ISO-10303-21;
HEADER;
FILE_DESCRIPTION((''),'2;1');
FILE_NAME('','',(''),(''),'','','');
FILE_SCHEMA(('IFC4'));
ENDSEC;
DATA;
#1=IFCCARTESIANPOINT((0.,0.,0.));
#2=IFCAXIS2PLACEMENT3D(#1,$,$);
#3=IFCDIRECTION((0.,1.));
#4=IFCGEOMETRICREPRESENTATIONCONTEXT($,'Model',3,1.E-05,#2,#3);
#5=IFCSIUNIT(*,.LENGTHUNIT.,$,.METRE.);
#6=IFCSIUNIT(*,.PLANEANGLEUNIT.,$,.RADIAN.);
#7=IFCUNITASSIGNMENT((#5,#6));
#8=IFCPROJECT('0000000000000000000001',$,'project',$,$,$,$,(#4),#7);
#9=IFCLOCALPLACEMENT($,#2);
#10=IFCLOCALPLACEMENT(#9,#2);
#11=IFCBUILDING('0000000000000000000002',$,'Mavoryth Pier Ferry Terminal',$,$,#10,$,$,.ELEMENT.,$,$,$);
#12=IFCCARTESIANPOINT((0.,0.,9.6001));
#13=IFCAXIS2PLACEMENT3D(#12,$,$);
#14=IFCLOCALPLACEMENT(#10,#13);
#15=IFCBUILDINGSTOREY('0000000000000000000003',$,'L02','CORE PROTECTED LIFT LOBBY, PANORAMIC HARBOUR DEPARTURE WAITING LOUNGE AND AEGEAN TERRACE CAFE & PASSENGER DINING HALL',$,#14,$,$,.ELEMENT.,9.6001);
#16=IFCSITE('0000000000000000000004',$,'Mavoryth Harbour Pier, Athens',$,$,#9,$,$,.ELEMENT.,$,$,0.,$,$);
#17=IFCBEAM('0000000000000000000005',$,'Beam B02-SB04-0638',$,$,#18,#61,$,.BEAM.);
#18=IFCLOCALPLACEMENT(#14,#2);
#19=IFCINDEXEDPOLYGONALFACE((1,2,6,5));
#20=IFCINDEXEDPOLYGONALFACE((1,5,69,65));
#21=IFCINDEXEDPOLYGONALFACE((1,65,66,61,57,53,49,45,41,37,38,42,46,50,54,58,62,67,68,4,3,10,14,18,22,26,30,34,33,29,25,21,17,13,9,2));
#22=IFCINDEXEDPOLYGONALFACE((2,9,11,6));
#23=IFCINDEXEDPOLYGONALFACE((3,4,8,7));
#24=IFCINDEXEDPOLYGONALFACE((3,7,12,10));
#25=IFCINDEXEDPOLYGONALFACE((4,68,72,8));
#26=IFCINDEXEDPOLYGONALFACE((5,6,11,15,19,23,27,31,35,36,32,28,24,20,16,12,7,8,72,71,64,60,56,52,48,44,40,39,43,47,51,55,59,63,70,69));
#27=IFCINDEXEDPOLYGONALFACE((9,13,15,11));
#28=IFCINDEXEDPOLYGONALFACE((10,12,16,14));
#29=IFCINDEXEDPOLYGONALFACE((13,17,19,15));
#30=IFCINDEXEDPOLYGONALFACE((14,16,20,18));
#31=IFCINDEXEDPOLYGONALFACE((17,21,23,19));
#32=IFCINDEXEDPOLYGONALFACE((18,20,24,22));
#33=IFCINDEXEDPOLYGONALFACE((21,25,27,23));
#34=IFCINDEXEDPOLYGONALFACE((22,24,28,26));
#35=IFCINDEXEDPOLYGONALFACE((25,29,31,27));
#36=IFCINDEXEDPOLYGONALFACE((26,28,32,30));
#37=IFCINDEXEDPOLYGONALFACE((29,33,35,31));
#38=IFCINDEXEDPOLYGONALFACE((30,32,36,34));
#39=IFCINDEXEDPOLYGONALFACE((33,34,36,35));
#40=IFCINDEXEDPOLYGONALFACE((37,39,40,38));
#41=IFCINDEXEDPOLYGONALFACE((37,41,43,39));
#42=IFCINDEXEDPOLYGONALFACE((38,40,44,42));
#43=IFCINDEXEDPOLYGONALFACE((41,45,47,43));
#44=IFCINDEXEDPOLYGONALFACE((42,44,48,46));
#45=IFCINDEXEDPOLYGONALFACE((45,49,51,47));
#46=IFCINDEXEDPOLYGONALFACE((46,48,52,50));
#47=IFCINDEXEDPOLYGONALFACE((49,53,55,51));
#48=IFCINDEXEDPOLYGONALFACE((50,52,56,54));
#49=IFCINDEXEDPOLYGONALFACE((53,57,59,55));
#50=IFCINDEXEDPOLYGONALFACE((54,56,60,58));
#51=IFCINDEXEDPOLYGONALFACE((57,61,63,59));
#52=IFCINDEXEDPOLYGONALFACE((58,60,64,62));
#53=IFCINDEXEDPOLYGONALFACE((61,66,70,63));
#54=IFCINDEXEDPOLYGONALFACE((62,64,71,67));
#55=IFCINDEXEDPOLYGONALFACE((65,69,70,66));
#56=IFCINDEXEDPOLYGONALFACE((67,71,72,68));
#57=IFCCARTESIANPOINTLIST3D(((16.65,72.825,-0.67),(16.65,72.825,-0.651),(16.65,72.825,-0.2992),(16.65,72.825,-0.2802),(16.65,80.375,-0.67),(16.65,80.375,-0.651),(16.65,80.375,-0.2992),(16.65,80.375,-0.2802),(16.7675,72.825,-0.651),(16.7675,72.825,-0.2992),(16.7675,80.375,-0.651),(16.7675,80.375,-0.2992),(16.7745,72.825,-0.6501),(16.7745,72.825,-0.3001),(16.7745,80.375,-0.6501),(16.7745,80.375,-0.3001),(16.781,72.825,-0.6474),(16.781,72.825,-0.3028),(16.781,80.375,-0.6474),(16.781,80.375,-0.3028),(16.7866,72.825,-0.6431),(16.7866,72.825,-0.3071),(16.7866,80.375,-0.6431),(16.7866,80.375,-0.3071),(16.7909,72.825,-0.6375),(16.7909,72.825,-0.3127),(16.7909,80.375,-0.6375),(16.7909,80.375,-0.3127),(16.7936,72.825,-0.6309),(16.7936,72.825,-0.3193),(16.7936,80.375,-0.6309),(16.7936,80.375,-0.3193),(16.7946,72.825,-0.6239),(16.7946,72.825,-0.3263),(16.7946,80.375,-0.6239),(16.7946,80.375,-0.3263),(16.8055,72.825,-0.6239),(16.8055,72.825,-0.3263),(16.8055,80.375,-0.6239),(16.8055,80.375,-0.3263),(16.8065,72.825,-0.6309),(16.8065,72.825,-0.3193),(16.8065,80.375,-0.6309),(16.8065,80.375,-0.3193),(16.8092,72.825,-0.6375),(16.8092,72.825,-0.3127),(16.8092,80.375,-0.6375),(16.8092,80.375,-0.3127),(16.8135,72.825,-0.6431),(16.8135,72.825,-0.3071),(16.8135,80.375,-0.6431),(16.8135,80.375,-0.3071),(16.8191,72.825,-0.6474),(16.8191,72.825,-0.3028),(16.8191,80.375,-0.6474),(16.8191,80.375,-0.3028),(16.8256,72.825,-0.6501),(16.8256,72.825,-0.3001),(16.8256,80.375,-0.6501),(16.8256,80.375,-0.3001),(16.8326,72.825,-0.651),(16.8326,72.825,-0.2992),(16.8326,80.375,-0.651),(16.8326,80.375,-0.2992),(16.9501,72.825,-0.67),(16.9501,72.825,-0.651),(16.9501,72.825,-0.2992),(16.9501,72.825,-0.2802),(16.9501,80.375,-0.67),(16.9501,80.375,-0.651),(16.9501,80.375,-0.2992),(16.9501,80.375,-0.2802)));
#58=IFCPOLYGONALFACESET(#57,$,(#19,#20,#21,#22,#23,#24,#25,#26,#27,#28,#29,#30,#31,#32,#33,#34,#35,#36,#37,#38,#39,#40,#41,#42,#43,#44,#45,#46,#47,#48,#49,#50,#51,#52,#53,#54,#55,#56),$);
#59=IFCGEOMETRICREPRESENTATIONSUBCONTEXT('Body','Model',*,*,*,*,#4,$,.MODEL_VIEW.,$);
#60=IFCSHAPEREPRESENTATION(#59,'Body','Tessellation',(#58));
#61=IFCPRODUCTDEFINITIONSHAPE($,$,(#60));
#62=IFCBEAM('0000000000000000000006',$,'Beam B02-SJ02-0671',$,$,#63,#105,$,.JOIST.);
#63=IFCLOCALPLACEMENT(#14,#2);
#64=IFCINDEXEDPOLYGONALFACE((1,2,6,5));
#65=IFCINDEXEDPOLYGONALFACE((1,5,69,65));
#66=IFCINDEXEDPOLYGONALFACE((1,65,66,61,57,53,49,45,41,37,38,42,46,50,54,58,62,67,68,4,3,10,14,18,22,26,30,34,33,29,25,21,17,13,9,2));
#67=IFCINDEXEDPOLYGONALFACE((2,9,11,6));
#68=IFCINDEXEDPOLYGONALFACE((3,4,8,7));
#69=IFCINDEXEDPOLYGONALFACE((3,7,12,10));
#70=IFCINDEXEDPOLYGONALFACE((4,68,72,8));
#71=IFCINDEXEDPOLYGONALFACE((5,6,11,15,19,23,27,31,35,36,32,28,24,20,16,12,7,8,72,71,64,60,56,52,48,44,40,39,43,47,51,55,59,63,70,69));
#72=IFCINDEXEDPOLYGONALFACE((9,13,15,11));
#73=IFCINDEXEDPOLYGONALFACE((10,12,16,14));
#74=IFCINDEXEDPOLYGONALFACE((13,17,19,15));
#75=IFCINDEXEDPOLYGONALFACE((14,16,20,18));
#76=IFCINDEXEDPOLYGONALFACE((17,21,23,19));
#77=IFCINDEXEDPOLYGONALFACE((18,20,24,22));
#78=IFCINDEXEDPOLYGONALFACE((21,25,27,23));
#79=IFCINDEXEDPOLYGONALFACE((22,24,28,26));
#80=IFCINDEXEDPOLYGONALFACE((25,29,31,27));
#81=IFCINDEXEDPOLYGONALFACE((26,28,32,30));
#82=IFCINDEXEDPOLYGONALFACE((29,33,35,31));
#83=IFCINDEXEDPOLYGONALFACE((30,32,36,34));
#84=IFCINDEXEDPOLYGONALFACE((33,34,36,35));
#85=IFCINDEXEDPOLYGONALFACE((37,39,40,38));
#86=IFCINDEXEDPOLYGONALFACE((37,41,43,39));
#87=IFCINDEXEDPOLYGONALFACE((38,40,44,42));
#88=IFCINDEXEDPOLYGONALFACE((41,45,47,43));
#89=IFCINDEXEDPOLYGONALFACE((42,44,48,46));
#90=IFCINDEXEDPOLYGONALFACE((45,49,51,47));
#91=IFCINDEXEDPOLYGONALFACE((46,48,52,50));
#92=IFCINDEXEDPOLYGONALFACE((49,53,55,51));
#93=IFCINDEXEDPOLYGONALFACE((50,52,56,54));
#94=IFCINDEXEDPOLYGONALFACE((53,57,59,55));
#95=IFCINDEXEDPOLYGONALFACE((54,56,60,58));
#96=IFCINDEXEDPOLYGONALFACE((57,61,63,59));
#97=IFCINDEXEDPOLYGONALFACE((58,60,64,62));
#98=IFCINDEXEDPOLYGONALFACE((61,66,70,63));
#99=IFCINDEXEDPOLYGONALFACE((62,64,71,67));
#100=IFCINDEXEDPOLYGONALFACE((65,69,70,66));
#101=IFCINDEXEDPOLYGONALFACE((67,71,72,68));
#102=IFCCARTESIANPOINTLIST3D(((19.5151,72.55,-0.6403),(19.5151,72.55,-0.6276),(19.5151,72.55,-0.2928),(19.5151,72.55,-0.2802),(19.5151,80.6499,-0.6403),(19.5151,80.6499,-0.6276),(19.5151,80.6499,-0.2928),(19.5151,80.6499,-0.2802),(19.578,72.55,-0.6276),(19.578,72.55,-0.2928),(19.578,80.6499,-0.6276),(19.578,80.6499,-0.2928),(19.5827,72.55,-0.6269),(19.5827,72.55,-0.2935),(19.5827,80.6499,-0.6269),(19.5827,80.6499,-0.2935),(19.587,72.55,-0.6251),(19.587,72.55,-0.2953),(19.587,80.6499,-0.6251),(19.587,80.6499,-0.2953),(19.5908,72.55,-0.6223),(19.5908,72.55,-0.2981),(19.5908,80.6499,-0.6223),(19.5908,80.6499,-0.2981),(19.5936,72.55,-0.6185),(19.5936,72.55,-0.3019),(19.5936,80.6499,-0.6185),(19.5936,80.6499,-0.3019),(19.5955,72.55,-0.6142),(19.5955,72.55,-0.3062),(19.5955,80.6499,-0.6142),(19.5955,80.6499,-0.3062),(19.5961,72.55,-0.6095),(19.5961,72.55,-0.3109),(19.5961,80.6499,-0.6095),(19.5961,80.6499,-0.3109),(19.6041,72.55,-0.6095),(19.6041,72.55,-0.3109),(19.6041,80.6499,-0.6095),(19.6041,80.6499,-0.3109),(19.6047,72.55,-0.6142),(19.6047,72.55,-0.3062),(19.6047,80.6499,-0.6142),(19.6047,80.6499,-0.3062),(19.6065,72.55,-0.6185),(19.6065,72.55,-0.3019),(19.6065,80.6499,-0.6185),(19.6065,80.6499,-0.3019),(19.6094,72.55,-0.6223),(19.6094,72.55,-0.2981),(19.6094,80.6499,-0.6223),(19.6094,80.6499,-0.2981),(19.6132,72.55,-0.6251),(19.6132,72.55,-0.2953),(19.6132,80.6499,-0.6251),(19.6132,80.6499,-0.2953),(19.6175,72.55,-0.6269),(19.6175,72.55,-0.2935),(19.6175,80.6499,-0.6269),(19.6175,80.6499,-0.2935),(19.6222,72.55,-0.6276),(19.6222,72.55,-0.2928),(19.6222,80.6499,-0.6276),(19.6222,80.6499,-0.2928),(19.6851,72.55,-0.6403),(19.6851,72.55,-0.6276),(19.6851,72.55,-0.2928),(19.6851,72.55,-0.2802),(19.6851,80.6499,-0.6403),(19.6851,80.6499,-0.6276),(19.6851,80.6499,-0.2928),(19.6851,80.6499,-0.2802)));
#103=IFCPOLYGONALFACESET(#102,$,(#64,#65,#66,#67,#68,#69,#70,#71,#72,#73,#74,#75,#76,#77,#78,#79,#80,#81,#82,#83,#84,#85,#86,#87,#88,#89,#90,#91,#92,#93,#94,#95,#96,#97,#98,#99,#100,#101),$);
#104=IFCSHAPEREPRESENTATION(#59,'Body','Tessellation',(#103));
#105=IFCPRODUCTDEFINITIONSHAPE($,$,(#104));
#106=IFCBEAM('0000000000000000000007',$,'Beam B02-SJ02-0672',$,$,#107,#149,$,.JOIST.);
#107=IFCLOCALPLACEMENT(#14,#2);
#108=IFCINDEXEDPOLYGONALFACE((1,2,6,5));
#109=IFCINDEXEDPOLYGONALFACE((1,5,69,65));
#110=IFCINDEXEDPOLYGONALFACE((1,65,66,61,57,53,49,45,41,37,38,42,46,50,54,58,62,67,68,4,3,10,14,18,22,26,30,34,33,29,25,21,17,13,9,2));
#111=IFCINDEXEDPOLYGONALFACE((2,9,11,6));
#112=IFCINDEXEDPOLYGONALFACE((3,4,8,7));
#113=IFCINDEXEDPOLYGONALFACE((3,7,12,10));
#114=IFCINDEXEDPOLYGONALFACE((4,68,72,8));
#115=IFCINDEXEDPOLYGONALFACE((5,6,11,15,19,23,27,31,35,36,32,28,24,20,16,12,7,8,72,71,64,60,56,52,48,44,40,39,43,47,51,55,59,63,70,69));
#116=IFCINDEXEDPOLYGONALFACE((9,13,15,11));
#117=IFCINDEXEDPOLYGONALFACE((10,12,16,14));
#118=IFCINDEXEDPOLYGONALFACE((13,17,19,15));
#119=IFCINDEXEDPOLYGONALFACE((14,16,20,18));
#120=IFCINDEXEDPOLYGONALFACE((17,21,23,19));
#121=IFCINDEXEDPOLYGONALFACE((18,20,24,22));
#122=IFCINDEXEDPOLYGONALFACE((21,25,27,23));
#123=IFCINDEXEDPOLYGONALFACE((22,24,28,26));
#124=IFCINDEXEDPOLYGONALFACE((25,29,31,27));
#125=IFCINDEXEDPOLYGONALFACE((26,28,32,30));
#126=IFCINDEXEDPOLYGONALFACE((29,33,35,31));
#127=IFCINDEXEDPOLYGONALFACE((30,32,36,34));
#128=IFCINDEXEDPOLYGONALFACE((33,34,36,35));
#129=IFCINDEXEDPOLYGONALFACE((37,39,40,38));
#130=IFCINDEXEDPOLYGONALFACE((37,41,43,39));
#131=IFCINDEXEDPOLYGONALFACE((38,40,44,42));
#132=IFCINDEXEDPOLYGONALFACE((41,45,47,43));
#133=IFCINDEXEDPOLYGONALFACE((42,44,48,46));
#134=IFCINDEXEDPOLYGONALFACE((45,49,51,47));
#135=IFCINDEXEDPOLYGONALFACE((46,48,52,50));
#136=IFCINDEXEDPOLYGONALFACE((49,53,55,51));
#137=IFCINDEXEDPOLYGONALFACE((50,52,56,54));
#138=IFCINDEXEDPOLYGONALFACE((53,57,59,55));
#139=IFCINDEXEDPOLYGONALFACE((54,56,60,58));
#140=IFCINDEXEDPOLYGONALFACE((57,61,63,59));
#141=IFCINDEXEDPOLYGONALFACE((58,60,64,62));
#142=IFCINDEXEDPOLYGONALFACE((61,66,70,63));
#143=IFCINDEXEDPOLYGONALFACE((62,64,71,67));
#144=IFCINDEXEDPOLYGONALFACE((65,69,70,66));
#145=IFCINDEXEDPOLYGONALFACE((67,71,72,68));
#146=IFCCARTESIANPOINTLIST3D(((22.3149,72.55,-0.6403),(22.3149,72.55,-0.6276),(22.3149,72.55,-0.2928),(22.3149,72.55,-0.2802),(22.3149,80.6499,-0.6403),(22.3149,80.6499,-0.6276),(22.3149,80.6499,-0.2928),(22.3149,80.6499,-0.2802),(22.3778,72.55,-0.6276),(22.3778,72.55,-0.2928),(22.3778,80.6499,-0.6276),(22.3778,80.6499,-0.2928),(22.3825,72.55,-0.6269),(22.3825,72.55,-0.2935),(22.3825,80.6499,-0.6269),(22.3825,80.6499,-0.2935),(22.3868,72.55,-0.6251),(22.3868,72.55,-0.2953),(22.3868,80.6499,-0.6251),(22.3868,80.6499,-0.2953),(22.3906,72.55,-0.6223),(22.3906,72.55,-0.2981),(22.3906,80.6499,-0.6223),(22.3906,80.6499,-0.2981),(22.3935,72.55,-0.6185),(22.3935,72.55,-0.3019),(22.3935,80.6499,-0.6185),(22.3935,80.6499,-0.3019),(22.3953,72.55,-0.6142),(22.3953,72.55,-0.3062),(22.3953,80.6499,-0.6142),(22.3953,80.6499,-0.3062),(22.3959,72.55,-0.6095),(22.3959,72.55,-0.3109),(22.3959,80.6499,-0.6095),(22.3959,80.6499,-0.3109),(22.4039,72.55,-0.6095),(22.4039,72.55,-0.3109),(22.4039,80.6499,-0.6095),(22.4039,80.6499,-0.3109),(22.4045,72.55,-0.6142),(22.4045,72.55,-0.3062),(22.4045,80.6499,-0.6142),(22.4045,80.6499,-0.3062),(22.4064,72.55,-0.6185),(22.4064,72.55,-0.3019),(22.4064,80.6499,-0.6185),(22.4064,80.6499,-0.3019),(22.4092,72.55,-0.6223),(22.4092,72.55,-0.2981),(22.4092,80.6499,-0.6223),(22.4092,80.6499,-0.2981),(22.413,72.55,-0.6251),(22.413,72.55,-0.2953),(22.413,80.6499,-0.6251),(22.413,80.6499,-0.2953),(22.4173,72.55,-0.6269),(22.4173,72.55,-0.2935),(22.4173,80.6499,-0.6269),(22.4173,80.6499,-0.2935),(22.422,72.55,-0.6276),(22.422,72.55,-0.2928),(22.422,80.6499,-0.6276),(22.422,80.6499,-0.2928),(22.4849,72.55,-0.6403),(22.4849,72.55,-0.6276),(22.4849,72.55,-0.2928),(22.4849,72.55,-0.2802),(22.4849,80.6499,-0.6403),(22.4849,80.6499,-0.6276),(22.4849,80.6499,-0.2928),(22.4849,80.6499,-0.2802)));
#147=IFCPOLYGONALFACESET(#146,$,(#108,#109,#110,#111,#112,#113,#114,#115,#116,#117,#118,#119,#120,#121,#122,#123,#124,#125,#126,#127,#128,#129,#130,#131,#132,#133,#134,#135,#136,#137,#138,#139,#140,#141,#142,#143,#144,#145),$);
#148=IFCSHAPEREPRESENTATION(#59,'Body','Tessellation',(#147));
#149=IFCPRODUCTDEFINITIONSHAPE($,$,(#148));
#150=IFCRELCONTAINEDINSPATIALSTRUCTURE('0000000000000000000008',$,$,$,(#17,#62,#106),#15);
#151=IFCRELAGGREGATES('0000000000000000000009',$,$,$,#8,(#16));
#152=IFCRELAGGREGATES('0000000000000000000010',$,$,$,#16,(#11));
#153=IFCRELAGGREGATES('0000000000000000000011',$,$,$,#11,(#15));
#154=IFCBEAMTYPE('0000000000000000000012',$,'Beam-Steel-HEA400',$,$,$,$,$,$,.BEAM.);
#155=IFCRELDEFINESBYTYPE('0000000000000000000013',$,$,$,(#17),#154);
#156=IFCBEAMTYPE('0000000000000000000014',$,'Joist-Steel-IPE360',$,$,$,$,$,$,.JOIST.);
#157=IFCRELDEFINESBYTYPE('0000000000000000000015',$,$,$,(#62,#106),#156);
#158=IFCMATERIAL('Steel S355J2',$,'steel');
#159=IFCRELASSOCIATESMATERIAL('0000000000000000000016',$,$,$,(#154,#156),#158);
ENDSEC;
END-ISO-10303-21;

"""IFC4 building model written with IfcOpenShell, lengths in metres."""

from ifc_helpers import new_model, si_unit, direction, frame, origin, origin_2d, place, context, subcontext, project, spatial, i_section, extrude, material, material_profile, profile_set, type_object, element, save


model = new_model("IFC4")

# Units and contexts
model_context = context("Model", 3, precision=1e-05, world=origin(), true_north=direction((0.0, 1.0)))
body_context = subcontext(model_context, "Body", "Model", "MODEL_VIEW")
ifc_project = project(units=[si_unit("LENGTHUNIT", "METRE"), si_unit("PLANEANGLEUNIT", "RADIAN")], contexts=[model_context])

# Site, building, storey
site_placement = place(None, origin())
site = spatial("IfcSite", under=ifc_project, at=site_placement, Name="Mavoryth Harbour Pier, Athens", CompositionType="ELEMENT", RefElevation=0.0)
building_placement = place(site_placement, origin())
building = spatial("IfcBuilding", under=site, at=building_placement, Name="Mavoryth Pier Ferry Terminal", CompositionType="ELEMENT")
storey_placement = place(building_placement, frame((0.0, 0.0, 9.6001)))
storey = spatial("IfcBuildingStorey", under=building, at=storey_placement, Name="L02", Description="CORE PROTECTED LIFT LOBBY, PANORAMIC HARBOUR DEPARTURE WAITING LOUNGE AND AEGEAN TERRACE CAFE & PASSENGER DINING HALL", CompositionType="ELEMENT", Elevation=9.6001)

# Beams
ifc_material_1 = material(Name="Steel S355J2", Category="steel")
ifc_material_profile_1 = material_profile(ifc_material_1, i_section(OverallWidth=0.3, OverallDepth=0.3899, WebThickness=0.011, FlangeThickness=0.019, FilletRadius=0.0271, at=origin_2d()), Name="HEA 400", Category="steel")
ifc_profile_set_1 = profile_set([ifc_material_profile_1], Name="Steel S355J2 - HEA 400")
beam_type_1 = type_object("IfcBeamType", Name="Beam-Steel-HEA400", PredefinedType="BEAM", material=ifc_profile_set_1)
beam_placement = place(storey_placement, frame((16.8, 72.825, -0.4751), z_axis=(0.0, 1.0, 0.0), x_axis=(-1.0, 0.0, 0.0)))
element("IfcBeam", 1, at=beam_placement, inside=storey, type_object=beam_type_1, Name="Beam B02-SB04-0638", PredefinedType="BEAM", context=body_context, shape_type="SweptSolid", body=[
    extrude(i_section(OverallWidth=0.3, OverallDepth=0.3899, WebThickness=0.011, FlangeThickness=0.019, FilletRadius=0.0271, at=origin_2d()), origin(), (0.0, 0.0, 1.0), 7.55),
])
ifc_material_profile_2 = material_profile(ifc_material_1, i_section(OverallWidth=0.1699, OverallDepth=0.3601, WebThickness=0.0081, FlangeThickness=0.0127, FilletRadius=0.0181, at=origin_2d()), Name="IPE 360", Category="steel")
ifc_profile_set_2 = profile_set([ifc_material_profile_2], Name="Steel S355J2 - IPE 360")
beam_type_2 = type_object("IfcBeamType", Name="Joist-Steel-IPE360", PredefinedType="JOIST", material=ifc_profile_set_2)
for number, where, z_axis, x_axis, name in (
    (2, (19.6001, 72.55, -0.4602), (0.0, 1.0, 0.0), (-1.0, 0.0, 0.0), "Beam B02-SJ02-0671"),
    (3, (22.3999, 72.55, -0.4602), (0.0, 1.0, 0.0), (-1.0, 0.0, 0.0), "Beam B02-SJ02-0672"),
):
    element("IfcBeam", number, at=place(storey_placement, frame(where, z_axis=z_axis, x_axis=x_axis)), inside=storey, type_object=beam_type_2, Name=name, PredefinedType="JOIST", context=body_context, shape_type="SweptSolid", body=[
        extrude(i_section(OverallWidth=0.1699, OverallDepth=0.3601, WebThickness=0.0081, FlangeThickness=0.0127, FilletRadius=0.0181, at=origin_2d()), origin(), (0.0, 0.0, 1.0), 8.0999),
    ])

save(model, "model.ifc")
